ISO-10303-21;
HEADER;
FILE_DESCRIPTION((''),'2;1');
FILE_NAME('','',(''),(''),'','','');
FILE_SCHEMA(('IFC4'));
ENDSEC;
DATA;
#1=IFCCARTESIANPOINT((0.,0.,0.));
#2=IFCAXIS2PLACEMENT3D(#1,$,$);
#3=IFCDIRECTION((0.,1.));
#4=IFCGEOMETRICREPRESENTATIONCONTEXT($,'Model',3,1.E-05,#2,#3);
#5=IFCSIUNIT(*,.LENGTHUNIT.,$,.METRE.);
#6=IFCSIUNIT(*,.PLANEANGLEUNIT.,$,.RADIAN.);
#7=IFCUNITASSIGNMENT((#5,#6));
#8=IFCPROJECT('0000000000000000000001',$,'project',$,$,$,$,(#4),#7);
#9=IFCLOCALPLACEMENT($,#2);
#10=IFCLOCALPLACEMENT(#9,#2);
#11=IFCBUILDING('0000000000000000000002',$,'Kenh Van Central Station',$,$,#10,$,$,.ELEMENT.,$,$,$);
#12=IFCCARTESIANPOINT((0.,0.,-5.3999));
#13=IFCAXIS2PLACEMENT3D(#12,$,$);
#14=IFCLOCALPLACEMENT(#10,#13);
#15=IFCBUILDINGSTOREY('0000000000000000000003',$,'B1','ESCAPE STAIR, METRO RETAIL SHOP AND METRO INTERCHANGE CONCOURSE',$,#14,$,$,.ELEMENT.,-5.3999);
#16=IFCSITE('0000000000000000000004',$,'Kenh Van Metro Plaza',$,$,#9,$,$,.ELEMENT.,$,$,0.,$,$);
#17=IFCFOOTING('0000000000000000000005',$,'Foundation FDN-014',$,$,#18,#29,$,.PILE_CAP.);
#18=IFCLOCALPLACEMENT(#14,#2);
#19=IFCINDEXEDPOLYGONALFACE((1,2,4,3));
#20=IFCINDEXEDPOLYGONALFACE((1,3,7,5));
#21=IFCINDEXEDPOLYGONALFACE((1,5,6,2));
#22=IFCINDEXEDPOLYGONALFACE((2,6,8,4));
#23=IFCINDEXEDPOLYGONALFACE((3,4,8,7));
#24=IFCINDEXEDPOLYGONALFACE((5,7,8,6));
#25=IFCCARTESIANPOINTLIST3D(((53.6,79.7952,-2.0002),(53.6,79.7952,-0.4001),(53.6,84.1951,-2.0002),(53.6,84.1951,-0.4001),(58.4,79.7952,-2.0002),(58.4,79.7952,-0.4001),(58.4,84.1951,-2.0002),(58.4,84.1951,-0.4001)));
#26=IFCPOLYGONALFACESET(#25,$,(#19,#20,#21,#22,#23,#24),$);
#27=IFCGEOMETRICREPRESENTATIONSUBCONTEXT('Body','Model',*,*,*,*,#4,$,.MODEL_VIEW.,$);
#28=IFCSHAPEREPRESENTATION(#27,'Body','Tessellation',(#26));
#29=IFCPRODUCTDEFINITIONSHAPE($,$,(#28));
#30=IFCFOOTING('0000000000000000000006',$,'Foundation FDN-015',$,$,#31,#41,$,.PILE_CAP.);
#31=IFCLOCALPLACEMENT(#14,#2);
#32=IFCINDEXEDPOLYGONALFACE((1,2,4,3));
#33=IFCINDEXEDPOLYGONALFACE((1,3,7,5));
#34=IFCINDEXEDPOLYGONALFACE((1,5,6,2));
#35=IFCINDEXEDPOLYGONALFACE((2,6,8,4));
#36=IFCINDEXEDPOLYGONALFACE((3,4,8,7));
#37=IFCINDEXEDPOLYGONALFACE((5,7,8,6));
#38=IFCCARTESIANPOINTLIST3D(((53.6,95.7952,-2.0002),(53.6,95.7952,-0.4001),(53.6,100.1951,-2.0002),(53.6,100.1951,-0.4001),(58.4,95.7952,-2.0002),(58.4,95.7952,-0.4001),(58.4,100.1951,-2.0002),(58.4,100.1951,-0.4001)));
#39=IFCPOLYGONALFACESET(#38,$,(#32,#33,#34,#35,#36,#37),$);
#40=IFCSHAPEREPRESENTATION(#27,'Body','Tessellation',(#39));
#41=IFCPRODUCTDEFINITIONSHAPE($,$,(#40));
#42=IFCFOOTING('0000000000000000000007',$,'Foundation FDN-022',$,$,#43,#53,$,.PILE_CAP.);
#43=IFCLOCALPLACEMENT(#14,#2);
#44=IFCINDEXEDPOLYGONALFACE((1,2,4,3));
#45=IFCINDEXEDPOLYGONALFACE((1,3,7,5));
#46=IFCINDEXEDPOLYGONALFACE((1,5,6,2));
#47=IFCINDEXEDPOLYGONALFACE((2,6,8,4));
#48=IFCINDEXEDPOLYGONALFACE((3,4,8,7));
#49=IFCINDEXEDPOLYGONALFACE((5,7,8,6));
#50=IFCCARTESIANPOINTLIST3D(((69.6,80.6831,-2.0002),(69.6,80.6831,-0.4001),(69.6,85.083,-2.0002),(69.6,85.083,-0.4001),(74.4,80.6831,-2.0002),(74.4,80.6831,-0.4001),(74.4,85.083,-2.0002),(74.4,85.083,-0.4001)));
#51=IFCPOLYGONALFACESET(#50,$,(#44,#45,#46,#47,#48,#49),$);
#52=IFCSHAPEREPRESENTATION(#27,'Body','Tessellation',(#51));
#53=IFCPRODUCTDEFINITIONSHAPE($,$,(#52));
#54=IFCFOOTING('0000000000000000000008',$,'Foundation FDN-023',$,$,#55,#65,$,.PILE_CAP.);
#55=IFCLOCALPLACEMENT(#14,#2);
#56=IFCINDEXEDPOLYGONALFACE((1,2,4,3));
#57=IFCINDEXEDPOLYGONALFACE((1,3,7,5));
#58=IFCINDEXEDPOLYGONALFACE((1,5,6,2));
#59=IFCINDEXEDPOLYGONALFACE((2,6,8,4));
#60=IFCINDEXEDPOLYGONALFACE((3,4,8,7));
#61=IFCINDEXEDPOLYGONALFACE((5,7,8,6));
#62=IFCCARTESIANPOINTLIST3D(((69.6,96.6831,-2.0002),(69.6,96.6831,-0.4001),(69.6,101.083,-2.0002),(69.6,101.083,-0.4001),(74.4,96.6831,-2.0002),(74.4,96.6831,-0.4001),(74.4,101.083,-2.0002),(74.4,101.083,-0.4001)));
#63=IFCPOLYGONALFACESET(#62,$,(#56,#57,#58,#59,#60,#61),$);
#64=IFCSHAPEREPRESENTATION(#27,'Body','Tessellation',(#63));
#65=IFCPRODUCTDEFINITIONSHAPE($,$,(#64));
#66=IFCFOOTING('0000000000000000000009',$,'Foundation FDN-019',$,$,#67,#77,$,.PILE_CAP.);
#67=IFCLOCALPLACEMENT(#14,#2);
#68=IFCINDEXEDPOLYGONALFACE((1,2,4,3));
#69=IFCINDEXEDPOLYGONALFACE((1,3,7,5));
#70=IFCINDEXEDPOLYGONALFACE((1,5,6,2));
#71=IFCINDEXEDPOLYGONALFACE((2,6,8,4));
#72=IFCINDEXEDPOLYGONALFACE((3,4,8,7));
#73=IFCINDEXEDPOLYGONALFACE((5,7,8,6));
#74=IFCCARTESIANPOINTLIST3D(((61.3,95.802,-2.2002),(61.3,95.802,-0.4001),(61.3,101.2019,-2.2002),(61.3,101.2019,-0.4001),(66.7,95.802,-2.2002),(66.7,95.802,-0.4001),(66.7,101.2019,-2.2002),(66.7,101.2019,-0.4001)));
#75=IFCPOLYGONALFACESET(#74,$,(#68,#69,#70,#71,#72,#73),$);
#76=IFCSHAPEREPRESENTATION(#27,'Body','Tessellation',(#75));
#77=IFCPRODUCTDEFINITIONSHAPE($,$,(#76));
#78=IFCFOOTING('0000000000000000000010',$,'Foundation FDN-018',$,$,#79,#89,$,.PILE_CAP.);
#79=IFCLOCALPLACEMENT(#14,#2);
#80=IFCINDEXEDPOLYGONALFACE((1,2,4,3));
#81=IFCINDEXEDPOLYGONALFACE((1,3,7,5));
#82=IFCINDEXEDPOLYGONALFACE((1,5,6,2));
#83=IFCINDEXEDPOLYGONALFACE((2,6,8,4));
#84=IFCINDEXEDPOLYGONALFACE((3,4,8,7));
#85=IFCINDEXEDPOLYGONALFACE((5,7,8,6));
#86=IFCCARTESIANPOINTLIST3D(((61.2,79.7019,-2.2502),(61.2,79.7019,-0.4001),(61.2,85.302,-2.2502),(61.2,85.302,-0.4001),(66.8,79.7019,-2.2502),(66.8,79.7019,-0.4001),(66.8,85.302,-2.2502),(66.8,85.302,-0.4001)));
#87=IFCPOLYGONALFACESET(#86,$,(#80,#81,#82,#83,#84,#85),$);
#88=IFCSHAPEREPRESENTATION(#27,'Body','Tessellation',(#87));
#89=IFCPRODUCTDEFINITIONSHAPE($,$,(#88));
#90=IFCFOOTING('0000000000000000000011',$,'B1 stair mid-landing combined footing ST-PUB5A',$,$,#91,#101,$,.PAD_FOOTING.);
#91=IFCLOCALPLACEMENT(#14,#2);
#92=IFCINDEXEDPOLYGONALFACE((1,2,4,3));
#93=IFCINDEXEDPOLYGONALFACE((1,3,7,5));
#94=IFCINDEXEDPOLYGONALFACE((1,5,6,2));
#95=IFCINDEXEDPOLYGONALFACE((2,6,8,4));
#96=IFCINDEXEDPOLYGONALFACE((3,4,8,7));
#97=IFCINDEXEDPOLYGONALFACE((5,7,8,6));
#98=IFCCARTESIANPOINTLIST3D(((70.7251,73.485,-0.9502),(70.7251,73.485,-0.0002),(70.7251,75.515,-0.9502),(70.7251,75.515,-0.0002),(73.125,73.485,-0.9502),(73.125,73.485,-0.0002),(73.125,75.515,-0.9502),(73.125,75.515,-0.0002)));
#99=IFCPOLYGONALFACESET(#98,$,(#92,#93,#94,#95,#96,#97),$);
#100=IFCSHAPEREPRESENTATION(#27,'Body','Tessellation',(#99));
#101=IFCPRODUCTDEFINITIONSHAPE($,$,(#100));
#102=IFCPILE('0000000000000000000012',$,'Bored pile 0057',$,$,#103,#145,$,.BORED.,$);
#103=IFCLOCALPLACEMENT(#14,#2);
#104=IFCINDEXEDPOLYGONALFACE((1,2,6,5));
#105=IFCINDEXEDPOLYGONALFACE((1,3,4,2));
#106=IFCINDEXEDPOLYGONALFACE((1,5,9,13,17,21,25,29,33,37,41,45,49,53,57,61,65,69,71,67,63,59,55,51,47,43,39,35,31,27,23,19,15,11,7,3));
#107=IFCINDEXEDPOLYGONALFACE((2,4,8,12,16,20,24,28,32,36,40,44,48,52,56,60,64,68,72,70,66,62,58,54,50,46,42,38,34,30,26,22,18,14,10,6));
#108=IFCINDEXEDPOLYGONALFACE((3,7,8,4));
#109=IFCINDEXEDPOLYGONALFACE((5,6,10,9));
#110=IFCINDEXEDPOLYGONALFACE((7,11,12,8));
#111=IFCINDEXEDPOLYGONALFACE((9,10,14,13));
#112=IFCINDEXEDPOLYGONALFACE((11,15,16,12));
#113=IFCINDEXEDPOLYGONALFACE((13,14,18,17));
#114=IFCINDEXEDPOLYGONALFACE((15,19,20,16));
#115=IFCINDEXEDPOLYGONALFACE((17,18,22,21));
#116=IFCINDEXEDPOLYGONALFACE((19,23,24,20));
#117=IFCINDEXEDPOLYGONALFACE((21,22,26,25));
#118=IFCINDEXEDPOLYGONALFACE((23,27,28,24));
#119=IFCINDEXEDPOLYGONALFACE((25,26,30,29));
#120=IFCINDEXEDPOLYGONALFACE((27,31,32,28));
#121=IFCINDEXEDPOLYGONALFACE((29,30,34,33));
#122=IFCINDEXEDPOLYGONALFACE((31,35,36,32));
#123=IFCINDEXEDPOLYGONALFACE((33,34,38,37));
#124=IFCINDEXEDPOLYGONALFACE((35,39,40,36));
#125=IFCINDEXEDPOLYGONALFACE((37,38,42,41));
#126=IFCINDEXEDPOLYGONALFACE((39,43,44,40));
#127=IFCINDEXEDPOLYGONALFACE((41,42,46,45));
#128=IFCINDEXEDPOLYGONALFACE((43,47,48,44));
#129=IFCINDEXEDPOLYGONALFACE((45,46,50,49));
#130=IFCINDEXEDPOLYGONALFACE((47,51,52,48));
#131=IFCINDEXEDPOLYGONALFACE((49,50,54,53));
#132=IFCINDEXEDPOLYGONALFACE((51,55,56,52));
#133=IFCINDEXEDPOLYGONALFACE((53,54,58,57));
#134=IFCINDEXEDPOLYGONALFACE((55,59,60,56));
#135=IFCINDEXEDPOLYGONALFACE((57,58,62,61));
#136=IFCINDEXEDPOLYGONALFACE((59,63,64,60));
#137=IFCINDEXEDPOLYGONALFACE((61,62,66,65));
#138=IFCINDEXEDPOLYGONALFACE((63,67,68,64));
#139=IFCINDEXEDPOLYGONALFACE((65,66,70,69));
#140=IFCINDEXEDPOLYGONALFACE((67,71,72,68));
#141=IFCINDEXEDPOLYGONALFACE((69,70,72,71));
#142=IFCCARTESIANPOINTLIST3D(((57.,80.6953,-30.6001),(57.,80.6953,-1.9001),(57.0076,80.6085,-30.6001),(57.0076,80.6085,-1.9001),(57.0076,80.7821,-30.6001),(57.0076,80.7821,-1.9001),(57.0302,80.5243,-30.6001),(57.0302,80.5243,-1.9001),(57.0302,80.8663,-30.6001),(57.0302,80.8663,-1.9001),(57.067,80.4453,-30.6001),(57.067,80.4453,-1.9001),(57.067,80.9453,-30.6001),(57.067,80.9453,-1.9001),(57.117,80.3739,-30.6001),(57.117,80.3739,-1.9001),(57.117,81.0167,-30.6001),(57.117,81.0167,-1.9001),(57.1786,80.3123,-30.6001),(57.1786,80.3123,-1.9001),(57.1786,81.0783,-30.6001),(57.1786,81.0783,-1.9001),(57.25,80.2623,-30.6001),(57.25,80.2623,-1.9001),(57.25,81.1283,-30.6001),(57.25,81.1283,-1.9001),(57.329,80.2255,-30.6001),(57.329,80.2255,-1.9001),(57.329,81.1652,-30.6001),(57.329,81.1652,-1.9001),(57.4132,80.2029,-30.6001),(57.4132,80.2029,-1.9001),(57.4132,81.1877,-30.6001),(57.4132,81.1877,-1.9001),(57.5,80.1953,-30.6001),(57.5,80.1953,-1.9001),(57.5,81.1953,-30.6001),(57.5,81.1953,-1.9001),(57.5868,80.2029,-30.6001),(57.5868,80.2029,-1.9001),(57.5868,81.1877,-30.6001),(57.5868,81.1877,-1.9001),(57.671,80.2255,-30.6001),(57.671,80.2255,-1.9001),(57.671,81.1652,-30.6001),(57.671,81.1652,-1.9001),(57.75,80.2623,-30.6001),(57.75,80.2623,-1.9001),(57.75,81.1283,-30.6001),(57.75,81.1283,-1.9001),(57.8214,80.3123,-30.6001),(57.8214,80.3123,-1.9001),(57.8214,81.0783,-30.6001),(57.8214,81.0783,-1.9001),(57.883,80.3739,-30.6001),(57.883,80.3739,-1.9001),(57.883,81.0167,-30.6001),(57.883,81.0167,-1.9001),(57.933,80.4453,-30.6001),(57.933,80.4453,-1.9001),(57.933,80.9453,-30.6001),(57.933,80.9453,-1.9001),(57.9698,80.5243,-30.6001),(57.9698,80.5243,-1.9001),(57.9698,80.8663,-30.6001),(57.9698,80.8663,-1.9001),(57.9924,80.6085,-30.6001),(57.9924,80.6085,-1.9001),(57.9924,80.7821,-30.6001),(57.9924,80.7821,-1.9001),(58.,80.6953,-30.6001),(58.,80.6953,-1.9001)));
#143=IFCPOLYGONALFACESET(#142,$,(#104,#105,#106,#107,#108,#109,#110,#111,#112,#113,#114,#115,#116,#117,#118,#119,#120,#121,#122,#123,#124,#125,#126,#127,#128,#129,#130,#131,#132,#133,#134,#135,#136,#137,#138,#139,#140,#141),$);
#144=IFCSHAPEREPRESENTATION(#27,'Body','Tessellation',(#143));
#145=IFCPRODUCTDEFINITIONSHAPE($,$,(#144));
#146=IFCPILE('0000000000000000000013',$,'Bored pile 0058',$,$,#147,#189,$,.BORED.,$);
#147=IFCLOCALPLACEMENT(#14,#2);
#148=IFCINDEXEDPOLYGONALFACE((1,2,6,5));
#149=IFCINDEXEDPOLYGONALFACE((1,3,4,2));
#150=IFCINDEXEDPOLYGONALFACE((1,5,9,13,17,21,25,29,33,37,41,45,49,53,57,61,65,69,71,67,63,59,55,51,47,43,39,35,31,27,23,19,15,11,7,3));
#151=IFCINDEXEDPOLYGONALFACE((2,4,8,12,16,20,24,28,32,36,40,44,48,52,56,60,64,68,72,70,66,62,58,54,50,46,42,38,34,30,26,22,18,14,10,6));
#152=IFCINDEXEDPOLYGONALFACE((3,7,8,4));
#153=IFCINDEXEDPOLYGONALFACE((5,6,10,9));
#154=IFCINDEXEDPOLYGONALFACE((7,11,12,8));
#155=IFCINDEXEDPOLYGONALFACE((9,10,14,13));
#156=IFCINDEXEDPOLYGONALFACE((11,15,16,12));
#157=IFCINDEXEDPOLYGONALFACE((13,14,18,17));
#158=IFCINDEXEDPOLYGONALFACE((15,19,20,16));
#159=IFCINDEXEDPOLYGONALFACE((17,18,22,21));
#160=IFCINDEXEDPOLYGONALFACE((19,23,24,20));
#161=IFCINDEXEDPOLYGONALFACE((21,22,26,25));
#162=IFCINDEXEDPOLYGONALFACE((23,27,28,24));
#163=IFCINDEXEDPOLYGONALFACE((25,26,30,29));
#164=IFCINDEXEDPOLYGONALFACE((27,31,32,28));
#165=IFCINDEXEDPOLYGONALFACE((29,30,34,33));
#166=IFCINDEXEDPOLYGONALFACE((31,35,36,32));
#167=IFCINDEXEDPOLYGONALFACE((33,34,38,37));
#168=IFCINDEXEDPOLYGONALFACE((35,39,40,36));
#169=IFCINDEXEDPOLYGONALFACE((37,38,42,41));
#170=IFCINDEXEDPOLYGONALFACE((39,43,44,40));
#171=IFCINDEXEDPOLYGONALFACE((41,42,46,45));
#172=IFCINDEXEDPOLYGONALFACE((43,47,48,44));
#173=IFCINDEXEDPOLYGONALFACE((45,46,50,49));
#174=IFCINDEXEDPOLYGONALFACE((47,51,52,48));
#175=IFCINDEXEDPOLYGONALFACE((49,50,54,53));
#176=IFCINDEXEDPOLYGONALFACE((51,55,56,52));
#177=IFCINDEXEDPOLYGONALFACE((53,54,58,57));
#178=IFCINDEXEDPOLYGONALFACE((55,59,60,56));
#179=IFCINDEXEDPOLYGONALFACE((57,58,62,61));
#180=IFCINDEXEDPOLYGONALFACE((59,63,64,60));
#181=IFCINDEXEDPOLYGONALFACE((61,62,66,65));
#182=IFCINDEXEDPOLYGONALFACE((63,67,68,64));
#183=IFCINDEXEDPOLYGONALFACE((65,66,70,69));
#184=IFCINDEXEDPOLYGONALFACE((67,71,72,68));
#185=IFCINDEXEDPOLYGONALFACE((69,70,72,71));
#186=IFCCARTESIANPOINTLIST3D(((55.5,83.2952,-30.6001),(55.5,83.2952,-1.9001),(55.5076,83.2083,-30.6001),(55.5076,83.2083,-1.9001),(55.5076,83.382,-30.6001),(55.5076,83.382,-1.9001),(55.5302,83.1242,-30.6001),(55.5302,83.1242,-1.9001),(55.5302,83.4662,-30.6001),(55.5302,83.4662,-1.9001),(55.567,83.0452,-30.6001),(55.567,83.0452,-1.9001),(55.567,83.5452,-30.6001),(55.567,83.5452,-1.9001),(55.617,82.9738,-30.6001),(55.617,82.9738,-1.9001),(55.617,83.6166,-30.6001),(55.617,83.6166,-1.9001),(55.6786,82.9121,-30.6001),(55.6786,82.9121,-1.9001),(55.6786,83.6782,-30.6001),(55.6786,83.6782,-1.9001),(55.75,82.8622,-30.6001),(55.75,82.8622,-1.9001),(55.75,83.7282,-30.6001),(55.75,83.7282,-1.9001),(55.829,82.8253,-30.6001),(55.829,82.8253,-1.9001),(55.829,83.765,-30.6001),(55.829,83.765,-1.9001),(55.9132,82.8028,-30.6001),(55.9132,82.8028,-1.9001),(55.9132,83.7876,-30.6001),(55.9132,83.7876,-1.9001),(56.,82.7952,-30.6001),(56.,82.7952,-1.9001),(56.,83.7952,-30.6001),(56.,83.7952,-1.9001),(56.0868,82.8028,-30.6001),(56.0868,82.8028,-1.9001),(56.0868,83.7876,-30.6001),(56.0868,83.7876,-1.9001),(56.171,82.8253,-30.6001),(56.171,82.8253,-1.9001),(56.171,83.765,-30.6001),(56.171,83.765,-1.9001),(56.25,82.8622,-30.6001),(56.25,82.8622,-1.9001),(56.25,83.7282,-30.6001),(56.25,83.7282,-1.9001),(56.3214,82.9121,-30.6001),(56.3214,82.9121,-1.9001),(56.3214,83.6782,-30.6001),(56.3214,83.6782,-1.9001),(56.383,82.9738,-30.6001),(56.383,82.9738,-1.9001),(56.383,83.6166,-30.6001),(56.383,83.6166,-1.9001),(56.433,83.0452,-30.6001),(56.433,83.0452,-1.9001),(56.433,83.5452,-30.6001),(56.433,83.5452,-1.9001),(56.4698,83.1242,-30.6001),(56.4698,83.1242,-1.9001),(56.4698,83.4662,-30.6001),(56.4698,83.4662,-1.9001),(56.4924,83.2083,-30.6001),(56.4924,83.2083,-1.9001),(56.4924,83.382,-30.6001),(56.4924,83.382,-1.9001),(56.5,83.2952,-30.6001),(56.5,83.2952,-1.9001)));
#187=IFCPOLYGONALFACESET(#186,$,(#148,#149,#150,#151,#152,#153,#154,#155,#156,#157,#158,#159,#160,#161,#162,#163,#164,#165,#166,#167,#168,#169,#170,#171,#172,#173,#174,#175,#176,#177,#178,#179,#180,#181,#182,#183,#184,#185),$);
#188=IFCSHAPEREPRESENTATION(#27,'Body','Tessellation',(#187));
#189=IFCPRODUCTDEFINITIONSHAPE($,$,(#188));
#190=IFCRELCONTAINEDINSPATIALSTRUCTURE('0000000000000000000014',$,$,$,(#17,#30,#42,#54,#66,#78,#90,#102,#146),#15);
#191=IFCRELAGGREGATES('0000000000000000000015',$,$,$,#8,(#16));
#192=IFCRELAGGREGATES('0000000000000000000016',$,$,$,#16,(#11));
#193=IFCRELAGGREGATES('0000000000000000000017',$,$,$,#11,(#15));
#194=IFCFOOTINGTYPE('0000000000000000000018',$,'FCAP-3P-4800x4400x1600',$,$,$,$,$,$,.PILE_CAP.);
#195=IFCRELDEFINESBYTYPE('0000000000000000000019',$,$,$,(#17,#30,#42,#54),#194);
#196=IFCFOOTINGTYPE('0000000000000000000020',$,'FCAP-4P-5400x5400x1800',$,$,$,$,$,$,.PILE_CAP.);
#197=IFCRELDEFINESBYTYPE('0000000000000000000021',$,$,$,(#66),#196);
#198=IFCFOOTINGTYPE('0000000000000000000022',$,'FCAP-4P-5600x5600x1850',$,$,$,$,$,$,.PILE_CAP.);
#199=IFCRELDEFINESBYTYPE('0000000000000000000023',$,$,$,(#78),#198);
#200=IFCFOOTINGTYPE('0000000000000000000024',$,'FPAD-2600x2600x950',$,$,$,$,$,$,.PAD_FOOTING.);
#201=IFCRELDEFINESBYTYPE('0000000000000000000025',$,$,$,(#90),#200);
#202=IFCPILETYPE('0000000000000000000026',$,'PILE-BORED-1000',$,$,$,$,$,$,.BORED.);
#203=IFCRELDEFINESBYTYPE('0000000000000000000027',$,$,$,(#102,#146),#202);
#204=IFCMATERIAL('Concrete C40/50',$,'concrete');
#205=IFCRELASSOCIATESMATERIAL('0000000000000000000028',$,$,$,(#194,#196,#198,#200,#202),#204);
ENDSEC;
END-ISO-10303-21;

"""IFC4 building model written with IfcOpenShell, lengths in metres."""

from ifc_helpers import new_model, si_unit, direction, frame, origin, origin_2d, place, context, subcontext, project, spatial, rectangle, circle, extrude, material, material_profile, profile_set, type_object, element, save


model = new_model("IFC4")

# Units and contexts
model_context = context("Model", 3, precision=1e-05, world=origin(), true_north=direction((0.0, 1.0)))
body_context = subcontext(model_context, "Body", "Model", "MODEL_VIEW")
ifc_project = project(units=[si_unit("LENGTHUNIT", "METRE"), si_unit("PLANEANGLEUNIT", "RADIAN")], contexts=[model_context])

# Site, building, storey
site_placement = place(None, origin())
site = spatial("IfcSite", under=ifc_project, at=site_placement, Name="Kenh Van Metro Plaza", CompositionType="ELEMENT", RefElevation=0.0)
building_placement = place(site_placement, origin())
building = spatial("IfcBuilding", under=site, at=building_placement, Name="Kenh Van Central Station", CompositionType="ELEMENT")
storey_placement = place(building_placement, frame((0.0, 0.0, -5.3999)))
storey = spatial("IfcBuildingStorey", under=building, at=storey_placement, Name="B1", Description="ESCAPE STAIR, METRO RETAIL SHOP AND METRO INTERCHANGE CONCOURSE", CompositionType="ELEMENT", Elevation=-5.3999)

# Footings
ifc_material = material(Name="Concrete C40/50", Category="concrete")
footing_type_1 = type_object("IfcFootingType", Name="FCAP-3P-4800x4400x1600", PredefinedType="PILE_CAP", material=ifc_material)
for number, where, z_axis, x_axis, name in (
    (1, (56.0, 81.9951, -2.0002), (0.0, 0.0, 1.0), (1.0, 0.0, 0.0), "Foundation FDN-014"),
    (2, (56.0, 97.9951, -2.0002), (0.0, 0.0, 1.0), (1.0, 0.0, 0.0), "Foundation FDN-015"),
    (3, (72.0, 82.8831, -2.0002), (0.0, 0.0, 1.0), (1.0, 0.0, 0.0), "Foundation FDN-022"),
    (4, (72.0, 98.8831, -2.0002), (0.0, 0.0, 1.0), (1.0, 0.0, 0.0), "Foundation FDN-023"),
):
    element("IfcFooting", number, at=place(storey_placement, frame(where, z_axis=z_axis, x_axis=x_axis)), inside=storey, type_object=footing_type_1, Name=name, PredefinedType="PILE_CAP", context=body_context, shape_type="SweptSolid", body=[
        extrude(rectangle(XDim=4.8, YDim=4.3999, at=origin_2d()), origin(), (0.0, 0.0, 1.0), 1.6001),
    ])
footing_type_2 = type_object("IfcFootingType", Name="FCAP-4P-5400x5400x1800", PredefinedType="PILE_CAP", material=ifc_material)
footing_1_placement = place(storey_placement, frame((64.0, 98.502, -2.2002), z_axis=(0.0, 0.0, 1.0), x_axis=(1.0, 0.0, 0.0)))
element("IfcFooting", 5, at=footing_1_placement, inside=storey, type_object=footing_type_2, Name="Foundation FDN-019", PredefinedType="PILE_CAP", context=body_context, shape_type="SweptSolid", body=[
    extrude(rectangle(XDim=5.3999, YDim=5.3999, at=origin_2d()), origin(), (0.0, 0.0, 1.0), 1.8),
])
footing_type_3 = type_object("IfcFootingType", Name="FCAP-4P-5600x5600x1850", PredefinedType="PILE_CAP", material=ifc_material)
footing_2_placement = place(storey_placement, frame((64.0, 82.502, -2.2502), z_axis=(0.0, 0.0, 1.0), x_axis=(1.0, 0.0, 0.0)))
element("IfcFooting", 6, at=footing_2_placement, inside=storey, type_object=footing_type_3, Name="Foundation FDN-018", PredefinedType="PILE_CAP", context=body_context, shape_type="SweptSolid", body=[
    extrude(rectangle(XDim=5.6001, YDim=5.6001, at=origin_2d()), origin(), (0.0, 0.0, 1.0), 1.8501),
])
footing_type_4 = type_object("IfcFootingType", Name="FPAD-2600x2600x950", PredefinedType="PAD_FOOTING", material=ifc_material)
footing_3_placement = place(storey_placement, frame((71.925, 74.5, -0.9502), z_axis=(0.0, 0.0, 1.0), x_axis=(1.0, 0.0, 0.0)))
element("IfcFooting", 7, at=footing_3_placement, inside=storey, type_object=footing_type_4, Name="B1 stair mid-landing combined footing ST-PUB5A", PredefinedType="PAD_FOOTING", context=body_context, shape_type="SweptSolid", body=[
    extrude(rectangle(XDim=2.3999, YDim=2.03, at=origin_2d()), origin(), (0.0, 0.0, 1.0), 0.95),
])

# Piles
ifc_material_profile_1 = material_profile(ifc_material, circle(Radius=0.5, at=origin_2d()), Name="PILE D1000")
ifc_profile_set_1 = profile_set([ifc_material_profile_1], Name="Concrete C40/50")
pile_type_1 = type_object("IfcPileType", Name="PILE-BORED-1000", PredefinedType="BORED", material=ifc_profile_set_1)
for number, where, z_axis, x_axis, name in (
    (8, (57.5, 80.6953, -1.9001), (0.0, 0.0, -1.0), (1.0, 0.0, 0.0), "Bored pile 0057"),
    (9, (56.0, 83.2952, -1.9001), (0.0, 0.0, -1.0), (1.0, 0.0, 0.0), "Bored pile 0058"),
):
    element("IfcPile", number, at=place(storey_placement, frame(where, z_axis=z_axis, x_axis=x_axis)), inside=storey, type_object=pile_type_1, Name=name, PredefinedType="BORED", context=body_context, shape_type="SweptSolid", body=[
        extrude(circle(Radius=0.5, at=origin_2d()), origin(), (0.0, 0.0, 1.0), 28.7),
    ])

save(model, "model.ifc")
